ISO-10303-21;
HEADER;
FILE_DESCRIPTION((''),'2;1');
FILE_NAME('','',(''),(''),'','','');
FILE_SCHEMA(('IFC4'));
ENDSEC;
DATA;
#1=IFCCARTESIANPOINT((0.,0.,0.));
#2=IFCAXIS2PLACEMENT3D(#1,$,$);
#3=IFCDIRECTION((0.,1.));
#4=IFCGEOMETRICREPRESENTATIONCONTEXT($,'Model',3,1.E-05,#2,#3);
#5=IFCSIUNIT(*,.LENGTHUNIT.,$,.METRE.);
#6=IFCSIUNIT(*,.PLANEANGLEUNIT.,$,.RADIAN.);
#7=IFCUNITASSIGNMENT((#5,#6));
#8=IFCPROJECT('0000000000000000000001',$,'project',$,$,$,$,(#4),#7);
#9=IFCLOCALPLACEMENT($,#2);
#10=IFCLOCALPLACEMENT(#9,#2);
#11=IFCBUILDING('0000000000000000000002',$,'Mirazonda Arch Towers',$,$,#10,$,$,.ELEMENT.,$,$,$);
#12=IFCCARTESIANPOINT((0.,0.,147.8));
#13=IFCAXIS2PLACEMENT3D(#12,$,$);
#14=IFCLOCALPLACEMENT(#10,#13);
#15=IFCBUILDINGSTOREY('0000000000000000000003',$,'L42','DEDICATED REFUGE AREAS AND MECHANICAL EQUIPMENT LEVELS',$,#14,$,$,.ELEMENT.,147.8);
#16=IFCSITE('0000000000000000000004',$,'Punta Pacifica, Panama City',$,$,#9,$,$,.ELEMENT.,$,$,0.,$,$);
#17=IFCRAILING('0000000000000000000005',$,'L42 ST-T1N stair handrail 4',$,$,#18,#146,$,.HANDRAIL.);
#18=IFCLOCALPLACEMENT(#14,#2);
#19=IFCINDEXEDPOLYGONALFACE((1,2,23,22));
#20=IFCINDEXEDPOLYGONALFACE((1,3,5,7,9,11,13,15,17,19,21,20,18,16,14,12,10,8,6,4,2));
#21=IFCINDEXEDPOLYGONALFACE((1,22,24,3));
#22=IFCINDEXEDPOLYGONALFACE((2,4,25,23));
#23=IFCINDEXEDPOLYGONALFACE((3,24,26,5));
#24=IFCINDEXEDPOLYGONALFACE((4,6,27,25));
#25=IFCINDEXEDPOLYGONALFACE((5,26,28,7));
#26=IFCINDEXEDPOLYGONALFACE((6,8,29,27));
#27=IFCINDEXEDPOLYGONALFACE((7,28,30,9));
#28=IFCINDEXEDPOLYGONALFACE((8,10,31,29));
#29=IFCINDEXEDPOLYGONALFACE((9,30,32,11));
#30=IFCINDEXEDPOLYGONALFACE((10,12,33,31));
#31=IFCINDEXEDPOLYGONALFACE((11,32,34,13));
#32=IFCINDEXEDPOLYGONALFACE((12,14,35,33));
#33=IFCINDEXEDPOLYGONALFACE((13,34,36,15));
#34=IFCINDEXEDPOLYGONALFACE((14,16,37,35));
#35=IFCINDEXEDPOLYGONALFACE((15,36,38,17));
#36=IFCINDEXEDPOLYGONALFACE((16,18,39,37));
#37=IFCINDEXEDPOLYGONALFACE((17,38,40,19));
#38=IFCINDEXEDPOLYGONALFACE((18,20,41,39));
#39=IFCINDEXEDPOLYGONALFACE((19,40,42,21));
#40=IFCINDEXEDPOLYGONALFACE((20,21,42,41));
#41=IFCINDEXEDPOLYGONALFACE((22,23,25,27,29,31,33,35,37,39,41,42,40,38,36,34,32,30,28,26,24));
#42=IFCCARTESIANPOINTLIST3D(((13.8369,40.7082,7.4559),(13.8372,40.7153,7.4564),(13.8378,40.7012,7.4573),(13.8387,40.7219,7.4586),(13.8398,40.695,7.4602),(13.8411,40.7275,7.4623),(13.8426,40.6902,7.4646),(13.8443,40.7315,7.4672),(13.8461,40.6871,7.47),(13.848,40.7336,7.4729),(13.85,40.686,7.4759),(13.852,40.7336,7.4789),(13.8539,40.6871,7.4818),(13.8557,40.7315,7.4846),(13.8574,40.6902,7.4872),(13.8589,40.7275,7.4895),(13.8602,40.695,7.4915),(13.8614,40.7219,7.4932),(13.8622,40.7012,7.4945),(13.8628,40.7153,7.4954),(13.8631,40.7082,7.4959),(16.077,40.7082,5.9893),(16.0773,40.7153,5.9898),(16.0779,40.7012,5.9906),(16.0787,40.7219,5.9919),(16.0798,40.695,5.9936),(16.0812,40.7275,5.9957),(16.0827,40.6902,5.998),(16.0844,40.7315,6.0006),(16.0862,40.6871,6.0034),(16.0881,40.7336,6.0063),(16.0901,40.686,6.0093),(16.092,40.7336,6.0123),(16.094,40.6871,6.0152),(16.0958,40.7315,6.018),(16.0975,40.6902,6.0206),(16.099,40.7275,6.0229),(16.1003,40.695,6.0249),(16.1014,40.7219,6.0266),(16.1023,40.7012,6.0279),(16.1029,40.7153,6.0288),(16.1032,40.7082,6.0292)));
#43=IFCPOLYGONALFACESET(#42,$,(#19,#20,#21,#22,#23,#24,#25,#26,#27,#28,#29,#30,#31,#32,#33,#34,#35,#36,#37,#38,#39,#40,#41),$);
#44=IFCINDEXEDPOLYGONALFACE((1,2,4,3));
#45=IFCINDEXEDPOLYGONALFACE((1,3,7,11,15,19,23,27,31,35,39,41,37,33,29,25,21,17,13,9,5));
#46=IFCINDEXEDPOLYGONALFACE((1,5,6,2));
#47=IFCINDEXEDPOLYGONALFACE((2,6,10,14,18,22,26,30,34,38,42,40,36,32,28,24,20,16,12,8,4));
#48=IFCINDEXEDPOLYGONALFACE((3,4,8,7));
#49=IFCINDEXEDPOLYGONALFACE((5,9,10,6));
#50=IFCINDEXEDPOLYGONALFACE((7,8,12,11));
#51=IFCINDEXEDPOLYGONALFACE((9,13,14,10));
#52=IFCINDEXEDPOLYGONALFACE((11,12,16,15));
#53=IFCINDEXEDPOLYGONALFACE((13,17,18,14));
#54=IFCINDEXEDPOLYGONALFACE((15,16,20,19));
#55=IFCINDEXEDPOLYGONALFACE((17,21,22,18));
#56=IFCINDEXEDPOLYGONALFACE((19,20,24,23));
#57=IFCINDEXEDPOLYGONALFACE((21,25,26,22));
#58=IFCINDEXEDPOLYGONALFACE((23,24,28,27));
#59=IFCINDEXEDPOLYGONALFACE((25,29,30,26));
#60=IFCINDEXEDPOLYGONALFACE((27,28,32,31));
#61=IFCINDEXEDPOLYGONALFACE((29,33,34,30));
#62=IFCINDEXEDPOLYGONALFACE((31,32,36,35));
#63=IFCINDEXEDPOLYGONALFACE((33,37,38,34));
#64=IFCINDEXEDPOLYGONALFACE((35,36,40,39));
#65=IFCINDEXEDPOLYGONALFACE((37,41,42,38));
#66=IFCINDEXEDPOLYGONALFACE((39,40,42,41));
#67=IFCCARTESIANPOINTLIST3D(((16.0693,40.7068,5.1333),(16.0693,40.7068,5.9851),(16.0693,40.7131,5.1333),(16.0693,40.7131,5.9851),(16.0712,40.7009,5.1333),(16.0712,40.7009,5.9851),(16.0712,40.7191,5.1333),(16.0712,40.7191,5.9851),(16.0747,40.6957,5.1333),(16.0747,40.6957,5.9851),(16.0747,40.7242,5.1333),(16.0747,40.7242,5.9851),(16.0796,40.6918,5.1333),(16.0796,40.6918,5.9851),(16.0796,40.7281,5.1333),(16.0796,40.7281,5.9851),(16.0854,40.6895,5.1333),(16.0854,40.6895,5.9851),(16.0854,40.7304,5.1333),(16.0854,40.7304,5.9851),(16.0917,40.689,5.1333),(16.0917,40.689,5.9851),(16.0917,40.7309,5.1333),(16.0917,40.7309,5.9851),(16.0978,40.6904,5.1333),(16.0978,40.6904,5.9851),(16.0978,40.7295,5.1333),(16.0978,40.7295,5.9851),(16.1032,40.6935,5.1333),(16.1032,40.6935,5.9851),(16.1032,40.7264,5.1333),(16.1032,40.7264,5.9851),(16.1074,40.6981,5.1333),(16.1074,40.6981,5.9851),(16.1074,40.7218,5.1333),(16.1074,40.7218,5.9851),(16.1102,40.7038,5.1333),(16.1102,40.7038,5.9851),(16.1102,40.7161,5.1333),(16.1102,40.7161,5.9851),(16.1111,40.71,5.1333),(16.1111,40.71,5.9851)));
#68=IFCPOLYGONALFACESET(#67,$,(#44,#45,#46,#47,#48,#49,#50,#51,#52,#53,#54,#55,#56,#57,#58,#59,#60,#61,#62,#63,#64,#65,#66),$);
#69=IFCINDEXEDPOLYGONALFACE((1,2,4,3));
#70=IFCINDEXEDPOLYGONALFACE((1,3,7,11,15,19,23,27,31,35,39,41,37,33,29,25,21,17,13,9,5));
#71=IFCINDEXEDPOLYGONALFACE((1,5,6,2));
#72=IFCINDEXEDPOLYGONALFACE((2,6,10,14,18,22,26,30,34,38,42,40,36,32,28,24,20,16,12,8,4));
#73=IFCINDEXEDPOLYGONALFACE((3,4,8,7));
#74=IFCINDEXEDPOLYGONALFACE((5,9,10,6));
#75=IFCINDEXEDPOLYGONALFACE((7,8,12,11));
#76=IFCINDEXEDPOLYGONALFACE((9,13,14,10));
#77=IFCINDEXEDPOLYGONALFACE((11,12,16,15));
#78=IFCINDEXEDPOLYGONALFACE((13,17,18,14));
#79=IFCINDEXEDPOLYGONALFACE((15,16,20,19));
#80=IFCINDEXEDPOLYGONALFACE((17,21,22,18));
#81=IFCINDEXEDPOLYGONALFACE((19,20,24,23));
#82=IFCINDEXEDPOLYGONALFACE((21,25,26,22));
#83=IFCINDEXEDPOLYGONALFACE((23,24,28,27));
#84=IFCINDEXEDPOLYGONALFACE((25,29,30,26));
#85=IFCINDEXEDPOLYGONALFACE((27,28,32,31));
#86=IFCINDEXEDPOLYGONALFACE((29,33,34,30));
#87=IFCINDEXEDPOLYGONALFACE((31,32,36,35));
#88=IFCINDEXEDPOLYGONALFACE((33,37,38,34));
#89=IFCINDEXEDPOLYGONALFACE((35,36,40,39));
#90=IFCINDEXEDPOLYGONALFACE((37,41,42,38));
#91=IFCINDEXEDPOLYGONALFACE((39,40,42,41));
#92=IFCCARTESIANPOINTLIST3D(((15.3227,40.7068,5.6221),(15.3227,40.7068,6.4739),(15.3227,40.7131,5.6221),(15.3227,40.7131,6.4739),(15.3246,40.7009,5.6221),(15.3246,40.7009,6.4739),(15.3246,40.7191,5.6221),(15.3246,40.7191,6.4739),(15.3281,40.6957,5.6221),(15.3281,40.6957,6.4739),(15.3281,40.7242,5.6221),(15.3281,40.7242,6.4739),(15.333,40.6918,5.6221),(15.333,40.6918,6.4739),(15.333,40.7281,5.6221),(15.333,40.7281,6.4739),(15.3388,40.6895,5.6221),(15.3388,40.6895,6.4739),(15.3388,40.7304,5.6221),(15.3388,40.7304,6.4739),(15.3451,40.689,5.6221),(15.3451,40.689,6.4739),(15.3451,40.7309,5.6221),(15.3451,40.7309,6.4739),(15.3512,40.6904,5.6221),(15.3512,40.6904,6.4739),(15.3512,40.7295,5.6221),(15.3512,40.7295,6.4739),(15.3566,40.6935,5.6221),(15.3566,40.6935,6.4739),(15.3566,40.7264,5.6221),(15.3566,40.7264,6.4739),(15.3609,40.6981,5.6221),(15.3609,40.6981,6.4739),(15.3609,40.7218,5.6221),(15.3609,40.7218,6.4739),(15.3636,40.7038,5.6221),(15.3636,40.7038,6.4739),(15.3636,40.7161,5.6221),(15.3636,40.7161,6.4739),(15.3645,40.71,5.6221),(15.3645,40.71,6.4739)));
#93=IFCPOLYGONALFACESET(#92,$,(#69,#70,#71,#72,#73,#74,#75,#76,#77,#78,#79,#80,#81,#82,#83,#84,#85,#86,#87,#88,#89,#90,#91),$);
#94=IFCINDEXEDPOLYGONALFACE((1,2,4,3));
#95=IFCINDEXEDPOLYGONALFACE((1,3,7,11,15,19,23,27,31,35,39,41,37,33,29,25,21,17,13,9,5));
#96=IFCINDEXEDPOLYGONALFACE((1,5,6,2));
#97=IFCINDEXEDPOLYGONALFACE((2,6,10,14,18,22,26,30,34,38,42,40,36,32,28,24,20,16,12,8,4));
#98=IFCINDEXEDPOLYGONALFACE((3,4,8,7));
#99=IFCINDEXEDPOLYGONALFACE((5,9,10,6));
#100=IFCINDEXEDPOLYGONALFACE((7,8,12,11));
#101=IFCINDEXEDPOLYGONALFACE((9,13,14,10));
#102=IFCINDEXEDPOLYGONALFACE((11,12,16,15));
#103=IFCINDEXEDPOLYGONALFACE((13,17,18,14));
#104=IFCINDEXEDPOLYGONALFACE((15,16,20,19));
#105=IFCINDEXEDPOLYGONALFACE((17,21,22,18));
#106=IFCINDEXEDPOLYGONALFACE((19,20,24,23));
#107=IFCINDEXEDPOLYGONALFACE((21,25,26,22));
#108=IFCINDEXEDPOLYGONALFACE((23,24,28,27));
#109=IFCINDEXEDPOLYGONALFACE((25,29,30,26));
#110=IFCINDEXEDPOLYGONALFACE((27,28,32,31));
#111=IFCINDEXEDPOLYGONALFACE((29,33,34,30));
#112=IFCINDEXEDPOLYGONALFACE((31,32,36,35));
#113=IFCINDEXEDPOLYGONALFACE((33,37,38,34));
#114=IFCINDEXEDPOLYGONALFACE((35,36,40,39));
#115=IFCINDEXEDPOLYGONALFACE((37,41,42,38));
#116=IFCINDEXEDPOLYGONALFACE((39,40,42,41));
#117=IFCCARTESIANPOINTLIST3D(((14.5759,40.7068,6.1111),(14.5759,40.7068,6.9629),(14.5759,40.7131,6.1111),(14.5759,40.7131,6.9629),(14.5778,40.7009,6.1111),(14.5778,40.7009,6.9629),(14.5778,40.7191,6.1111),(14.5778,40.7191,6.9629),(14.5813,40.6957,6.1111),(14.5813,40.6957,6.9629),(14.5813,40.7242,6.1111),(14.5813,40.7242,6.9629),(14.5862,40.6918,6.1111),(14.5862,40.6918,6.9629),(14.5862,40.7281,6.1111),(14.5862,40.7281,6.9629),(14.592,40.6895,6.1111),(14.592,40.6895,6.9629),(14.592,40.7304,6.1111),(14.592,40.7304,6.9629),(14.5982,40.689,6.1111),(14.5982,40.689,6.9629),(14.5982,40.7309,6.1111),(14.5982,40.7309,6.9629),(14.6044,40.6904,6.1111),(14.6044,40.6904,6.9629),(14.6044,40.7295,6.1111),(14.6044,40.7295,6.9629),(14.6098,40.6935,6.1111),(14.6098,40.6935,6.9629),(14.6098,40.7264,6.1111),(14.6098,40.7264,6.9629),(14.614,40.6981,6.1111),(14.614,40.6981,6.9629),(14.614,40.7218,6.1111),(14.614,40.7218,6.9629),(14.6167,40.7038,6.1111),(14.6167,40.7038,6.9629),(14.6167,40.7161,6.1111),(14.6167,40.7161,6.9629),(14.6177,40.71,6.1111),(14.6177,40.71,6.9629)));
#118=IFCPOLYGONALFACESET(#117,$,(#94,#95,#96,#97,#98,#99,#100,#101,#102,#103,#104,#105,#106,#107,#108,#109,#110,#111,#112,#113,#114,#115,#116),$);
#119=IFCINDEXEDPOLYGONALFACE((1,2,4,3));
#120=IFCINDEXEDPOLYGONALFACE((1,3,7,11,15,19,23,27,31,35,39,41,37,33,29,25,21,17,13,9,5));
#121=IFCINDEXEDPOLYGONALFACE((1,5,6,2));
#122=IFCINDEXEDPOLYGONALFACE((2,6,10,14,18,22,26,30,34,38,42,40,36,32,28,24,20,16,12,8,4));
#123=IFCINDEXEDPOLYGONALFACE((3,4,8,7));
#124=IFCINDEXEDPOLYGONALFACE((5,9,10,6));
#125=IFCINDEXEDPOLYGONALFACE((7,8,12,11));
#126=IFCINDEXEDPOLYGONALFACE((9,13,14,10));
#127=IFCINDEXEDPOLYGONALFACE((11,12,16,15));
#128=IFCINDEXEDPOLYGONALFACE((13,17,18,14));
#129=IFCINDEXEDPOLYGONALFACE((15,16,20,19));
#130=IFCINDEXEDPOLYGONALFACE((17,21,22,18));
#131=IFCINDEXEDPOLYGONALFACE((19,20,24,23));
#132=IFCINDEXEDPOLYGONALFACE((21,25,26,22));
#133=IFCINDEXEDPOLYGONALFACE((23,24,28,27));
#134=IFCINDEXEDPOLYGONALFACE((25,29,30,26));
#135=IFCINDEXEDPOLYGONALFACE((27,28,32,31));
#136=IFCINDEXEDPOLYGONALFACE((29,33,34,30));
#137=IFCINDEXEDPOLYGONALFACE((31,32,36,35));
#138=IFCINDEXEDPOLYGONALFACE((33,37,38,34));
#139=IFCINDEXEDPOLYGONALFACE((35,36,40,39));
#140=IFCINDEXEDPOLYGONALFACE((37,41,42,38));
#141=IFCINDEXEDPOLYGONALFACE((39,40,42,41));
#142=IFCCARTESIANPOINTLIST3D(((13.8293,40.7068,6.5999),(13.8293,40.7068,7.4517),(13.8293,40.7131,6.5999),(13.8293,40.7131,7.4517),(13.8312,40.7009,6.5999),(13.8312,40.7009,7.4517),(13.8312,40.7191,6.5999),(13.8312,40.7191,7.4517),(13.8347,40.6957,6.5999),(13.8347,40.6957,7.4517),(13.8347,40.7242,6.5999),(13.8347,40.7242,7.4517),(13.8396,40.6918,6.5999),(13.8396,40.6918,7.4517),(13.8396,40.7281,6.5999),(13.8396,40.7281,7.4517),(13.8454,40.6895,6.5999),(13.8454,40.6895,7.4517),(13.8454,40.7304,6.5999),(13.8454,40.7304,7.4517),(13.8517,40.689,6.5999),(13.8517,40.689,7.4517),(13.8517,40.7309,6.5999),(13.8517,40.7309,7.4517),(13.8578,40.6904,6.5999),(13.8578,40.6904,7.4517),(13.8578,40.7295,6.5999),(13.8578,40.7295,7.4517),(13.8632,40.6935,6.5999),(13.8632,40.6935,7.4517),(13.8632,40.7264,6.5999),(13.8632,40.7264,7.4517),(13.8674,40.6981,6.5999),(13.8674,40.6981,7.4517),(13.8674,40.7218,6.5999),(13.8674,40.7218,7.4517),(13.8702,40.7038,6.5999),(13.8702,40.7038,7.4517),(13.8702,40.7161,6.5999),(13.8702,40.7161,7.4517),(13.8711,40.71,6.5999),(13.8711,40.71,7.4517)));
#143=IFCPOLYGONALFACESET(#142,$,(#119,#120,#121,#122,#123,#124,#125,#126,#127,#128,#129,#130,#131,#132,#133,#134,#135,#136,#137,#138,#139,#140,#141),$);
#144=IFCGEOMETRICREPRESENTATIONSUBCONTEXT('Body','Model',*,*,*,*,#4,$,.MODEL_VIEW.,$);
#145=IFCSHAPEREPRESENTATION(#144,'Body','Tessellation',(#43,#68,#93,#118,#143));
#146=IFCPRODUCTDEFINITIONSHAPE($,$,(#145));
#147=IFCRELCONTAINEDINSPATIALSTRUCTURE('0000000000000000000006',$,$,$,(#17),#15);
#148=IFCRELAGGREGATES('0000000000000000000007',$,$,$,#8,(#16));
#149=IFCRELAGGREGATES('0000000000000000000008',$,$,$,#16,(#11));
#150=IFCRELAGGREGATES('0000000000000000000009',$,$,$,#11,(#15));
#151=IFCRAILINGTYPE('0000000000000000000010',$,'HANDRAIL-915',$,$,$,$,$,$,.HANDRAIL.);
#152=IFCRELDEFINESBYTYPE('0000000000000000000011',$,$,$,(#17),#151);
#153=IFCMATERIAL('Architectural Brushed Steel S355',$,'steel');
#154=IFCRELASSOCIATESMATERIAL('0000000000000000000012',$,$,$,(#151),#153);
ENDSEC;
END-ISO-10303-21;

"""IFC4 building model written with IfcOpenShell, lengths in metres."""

from ifc_helpers import new_model, si_unit, direction, frame, origin, origin_2d, place, context, subcontext, project, spatial, circle, extrude, material, type_object, element, save


model = new_model("IFC4")

# Units and contexts
model_context = context("Model", 3, precision=1e-05, world=origin(), true_north=direction((0.0, 1.0)))
body_context = subcontext(model_context, "Body", "Model", "MODEL_VIEW")
ifc_project = project(units=[si_unit("LENGTHUNIT", "METRE"), si_unit("PLANEANGLEUNIT", "RADIAN")], contexts=[model_context])

# Site, building, storey
site_placement = place(None, origin())
site = spatial("IfcSite", under=ifc_project, at=site_placement, Name="Punta Pacifica, Panama City", CompositionType="ELEMENT", RefElevation=0.0)
building_placement = place(site_placement, origin())
building = spatial("IfcBuilding", under=site, at=building_placement, Name="Mirazonda Arch Towers", CompositionType="ELEMENT")
storey_placement = place(building_placement, frame((0.0, 0.0, 147.8)))
storey = spatial("IfcBuildingStorey", under=building, at=storey_placement, Name="L42", Description="DEDICATED REFUGE AREAS AND MECHANICAL EQUIPMENT LEVELS", CompositionType="ELEMENT", Elevation=147.8)

# Shared definitions
ifc_material_1 = material(Name="Architectural Brushed Steel S355", Category="steel")

# Railing
railing_type_1 = type_object("IfcRailingType", Name="HANDRAIL-915", PredefinedType="HANDRAIL", material=ifc_material_1)
railing_1_placement = place(storey_placement, frame((16.0901, 40.71, 5.1333)))
element("IfcRailing", 1, at=railing_1_placement, inside=storey, type_object=railing_type_1, Name="L42 ST-T1N stair handrail 4", PredefinedType="HANDRAIL", context=body_context, shape_type="SweptSolid", body=[
    extrude(circle(Radius=0.0239, at=origin_2d()), frame((0.0, 0.0, 0.876), z_axis=(-0.836637, 0.0, 0.547758), x_axis=(0.0, -1.0, 0.0)), (0.0, 0.0, 1.0), 2.6775),
    extrude(circle(Radius=0.021, at=origin_2d()), origin(), (0.0, 0.0, 1.0), 0.8518),
    extrude(circle(Radius=0.021, at=origin_2d()), frame((-0.7466, 0.0, 0.4888)), (0.0, 0.0, 1.0), 0.8518),
    extrude(circle(Radius=0.021, at=origin_2d()), frame((-1.4934, 0.0, 0.9778)), (0.0, 0.0, 1.0), 0.8518),
    extrude(circle(Radius=0.021, at=origin_2d()), frame((-2.24, 0.0, 1.4666)), (0.0, 0.0, 1.0), 0.8518),
])

save(model, "model.ifc")
